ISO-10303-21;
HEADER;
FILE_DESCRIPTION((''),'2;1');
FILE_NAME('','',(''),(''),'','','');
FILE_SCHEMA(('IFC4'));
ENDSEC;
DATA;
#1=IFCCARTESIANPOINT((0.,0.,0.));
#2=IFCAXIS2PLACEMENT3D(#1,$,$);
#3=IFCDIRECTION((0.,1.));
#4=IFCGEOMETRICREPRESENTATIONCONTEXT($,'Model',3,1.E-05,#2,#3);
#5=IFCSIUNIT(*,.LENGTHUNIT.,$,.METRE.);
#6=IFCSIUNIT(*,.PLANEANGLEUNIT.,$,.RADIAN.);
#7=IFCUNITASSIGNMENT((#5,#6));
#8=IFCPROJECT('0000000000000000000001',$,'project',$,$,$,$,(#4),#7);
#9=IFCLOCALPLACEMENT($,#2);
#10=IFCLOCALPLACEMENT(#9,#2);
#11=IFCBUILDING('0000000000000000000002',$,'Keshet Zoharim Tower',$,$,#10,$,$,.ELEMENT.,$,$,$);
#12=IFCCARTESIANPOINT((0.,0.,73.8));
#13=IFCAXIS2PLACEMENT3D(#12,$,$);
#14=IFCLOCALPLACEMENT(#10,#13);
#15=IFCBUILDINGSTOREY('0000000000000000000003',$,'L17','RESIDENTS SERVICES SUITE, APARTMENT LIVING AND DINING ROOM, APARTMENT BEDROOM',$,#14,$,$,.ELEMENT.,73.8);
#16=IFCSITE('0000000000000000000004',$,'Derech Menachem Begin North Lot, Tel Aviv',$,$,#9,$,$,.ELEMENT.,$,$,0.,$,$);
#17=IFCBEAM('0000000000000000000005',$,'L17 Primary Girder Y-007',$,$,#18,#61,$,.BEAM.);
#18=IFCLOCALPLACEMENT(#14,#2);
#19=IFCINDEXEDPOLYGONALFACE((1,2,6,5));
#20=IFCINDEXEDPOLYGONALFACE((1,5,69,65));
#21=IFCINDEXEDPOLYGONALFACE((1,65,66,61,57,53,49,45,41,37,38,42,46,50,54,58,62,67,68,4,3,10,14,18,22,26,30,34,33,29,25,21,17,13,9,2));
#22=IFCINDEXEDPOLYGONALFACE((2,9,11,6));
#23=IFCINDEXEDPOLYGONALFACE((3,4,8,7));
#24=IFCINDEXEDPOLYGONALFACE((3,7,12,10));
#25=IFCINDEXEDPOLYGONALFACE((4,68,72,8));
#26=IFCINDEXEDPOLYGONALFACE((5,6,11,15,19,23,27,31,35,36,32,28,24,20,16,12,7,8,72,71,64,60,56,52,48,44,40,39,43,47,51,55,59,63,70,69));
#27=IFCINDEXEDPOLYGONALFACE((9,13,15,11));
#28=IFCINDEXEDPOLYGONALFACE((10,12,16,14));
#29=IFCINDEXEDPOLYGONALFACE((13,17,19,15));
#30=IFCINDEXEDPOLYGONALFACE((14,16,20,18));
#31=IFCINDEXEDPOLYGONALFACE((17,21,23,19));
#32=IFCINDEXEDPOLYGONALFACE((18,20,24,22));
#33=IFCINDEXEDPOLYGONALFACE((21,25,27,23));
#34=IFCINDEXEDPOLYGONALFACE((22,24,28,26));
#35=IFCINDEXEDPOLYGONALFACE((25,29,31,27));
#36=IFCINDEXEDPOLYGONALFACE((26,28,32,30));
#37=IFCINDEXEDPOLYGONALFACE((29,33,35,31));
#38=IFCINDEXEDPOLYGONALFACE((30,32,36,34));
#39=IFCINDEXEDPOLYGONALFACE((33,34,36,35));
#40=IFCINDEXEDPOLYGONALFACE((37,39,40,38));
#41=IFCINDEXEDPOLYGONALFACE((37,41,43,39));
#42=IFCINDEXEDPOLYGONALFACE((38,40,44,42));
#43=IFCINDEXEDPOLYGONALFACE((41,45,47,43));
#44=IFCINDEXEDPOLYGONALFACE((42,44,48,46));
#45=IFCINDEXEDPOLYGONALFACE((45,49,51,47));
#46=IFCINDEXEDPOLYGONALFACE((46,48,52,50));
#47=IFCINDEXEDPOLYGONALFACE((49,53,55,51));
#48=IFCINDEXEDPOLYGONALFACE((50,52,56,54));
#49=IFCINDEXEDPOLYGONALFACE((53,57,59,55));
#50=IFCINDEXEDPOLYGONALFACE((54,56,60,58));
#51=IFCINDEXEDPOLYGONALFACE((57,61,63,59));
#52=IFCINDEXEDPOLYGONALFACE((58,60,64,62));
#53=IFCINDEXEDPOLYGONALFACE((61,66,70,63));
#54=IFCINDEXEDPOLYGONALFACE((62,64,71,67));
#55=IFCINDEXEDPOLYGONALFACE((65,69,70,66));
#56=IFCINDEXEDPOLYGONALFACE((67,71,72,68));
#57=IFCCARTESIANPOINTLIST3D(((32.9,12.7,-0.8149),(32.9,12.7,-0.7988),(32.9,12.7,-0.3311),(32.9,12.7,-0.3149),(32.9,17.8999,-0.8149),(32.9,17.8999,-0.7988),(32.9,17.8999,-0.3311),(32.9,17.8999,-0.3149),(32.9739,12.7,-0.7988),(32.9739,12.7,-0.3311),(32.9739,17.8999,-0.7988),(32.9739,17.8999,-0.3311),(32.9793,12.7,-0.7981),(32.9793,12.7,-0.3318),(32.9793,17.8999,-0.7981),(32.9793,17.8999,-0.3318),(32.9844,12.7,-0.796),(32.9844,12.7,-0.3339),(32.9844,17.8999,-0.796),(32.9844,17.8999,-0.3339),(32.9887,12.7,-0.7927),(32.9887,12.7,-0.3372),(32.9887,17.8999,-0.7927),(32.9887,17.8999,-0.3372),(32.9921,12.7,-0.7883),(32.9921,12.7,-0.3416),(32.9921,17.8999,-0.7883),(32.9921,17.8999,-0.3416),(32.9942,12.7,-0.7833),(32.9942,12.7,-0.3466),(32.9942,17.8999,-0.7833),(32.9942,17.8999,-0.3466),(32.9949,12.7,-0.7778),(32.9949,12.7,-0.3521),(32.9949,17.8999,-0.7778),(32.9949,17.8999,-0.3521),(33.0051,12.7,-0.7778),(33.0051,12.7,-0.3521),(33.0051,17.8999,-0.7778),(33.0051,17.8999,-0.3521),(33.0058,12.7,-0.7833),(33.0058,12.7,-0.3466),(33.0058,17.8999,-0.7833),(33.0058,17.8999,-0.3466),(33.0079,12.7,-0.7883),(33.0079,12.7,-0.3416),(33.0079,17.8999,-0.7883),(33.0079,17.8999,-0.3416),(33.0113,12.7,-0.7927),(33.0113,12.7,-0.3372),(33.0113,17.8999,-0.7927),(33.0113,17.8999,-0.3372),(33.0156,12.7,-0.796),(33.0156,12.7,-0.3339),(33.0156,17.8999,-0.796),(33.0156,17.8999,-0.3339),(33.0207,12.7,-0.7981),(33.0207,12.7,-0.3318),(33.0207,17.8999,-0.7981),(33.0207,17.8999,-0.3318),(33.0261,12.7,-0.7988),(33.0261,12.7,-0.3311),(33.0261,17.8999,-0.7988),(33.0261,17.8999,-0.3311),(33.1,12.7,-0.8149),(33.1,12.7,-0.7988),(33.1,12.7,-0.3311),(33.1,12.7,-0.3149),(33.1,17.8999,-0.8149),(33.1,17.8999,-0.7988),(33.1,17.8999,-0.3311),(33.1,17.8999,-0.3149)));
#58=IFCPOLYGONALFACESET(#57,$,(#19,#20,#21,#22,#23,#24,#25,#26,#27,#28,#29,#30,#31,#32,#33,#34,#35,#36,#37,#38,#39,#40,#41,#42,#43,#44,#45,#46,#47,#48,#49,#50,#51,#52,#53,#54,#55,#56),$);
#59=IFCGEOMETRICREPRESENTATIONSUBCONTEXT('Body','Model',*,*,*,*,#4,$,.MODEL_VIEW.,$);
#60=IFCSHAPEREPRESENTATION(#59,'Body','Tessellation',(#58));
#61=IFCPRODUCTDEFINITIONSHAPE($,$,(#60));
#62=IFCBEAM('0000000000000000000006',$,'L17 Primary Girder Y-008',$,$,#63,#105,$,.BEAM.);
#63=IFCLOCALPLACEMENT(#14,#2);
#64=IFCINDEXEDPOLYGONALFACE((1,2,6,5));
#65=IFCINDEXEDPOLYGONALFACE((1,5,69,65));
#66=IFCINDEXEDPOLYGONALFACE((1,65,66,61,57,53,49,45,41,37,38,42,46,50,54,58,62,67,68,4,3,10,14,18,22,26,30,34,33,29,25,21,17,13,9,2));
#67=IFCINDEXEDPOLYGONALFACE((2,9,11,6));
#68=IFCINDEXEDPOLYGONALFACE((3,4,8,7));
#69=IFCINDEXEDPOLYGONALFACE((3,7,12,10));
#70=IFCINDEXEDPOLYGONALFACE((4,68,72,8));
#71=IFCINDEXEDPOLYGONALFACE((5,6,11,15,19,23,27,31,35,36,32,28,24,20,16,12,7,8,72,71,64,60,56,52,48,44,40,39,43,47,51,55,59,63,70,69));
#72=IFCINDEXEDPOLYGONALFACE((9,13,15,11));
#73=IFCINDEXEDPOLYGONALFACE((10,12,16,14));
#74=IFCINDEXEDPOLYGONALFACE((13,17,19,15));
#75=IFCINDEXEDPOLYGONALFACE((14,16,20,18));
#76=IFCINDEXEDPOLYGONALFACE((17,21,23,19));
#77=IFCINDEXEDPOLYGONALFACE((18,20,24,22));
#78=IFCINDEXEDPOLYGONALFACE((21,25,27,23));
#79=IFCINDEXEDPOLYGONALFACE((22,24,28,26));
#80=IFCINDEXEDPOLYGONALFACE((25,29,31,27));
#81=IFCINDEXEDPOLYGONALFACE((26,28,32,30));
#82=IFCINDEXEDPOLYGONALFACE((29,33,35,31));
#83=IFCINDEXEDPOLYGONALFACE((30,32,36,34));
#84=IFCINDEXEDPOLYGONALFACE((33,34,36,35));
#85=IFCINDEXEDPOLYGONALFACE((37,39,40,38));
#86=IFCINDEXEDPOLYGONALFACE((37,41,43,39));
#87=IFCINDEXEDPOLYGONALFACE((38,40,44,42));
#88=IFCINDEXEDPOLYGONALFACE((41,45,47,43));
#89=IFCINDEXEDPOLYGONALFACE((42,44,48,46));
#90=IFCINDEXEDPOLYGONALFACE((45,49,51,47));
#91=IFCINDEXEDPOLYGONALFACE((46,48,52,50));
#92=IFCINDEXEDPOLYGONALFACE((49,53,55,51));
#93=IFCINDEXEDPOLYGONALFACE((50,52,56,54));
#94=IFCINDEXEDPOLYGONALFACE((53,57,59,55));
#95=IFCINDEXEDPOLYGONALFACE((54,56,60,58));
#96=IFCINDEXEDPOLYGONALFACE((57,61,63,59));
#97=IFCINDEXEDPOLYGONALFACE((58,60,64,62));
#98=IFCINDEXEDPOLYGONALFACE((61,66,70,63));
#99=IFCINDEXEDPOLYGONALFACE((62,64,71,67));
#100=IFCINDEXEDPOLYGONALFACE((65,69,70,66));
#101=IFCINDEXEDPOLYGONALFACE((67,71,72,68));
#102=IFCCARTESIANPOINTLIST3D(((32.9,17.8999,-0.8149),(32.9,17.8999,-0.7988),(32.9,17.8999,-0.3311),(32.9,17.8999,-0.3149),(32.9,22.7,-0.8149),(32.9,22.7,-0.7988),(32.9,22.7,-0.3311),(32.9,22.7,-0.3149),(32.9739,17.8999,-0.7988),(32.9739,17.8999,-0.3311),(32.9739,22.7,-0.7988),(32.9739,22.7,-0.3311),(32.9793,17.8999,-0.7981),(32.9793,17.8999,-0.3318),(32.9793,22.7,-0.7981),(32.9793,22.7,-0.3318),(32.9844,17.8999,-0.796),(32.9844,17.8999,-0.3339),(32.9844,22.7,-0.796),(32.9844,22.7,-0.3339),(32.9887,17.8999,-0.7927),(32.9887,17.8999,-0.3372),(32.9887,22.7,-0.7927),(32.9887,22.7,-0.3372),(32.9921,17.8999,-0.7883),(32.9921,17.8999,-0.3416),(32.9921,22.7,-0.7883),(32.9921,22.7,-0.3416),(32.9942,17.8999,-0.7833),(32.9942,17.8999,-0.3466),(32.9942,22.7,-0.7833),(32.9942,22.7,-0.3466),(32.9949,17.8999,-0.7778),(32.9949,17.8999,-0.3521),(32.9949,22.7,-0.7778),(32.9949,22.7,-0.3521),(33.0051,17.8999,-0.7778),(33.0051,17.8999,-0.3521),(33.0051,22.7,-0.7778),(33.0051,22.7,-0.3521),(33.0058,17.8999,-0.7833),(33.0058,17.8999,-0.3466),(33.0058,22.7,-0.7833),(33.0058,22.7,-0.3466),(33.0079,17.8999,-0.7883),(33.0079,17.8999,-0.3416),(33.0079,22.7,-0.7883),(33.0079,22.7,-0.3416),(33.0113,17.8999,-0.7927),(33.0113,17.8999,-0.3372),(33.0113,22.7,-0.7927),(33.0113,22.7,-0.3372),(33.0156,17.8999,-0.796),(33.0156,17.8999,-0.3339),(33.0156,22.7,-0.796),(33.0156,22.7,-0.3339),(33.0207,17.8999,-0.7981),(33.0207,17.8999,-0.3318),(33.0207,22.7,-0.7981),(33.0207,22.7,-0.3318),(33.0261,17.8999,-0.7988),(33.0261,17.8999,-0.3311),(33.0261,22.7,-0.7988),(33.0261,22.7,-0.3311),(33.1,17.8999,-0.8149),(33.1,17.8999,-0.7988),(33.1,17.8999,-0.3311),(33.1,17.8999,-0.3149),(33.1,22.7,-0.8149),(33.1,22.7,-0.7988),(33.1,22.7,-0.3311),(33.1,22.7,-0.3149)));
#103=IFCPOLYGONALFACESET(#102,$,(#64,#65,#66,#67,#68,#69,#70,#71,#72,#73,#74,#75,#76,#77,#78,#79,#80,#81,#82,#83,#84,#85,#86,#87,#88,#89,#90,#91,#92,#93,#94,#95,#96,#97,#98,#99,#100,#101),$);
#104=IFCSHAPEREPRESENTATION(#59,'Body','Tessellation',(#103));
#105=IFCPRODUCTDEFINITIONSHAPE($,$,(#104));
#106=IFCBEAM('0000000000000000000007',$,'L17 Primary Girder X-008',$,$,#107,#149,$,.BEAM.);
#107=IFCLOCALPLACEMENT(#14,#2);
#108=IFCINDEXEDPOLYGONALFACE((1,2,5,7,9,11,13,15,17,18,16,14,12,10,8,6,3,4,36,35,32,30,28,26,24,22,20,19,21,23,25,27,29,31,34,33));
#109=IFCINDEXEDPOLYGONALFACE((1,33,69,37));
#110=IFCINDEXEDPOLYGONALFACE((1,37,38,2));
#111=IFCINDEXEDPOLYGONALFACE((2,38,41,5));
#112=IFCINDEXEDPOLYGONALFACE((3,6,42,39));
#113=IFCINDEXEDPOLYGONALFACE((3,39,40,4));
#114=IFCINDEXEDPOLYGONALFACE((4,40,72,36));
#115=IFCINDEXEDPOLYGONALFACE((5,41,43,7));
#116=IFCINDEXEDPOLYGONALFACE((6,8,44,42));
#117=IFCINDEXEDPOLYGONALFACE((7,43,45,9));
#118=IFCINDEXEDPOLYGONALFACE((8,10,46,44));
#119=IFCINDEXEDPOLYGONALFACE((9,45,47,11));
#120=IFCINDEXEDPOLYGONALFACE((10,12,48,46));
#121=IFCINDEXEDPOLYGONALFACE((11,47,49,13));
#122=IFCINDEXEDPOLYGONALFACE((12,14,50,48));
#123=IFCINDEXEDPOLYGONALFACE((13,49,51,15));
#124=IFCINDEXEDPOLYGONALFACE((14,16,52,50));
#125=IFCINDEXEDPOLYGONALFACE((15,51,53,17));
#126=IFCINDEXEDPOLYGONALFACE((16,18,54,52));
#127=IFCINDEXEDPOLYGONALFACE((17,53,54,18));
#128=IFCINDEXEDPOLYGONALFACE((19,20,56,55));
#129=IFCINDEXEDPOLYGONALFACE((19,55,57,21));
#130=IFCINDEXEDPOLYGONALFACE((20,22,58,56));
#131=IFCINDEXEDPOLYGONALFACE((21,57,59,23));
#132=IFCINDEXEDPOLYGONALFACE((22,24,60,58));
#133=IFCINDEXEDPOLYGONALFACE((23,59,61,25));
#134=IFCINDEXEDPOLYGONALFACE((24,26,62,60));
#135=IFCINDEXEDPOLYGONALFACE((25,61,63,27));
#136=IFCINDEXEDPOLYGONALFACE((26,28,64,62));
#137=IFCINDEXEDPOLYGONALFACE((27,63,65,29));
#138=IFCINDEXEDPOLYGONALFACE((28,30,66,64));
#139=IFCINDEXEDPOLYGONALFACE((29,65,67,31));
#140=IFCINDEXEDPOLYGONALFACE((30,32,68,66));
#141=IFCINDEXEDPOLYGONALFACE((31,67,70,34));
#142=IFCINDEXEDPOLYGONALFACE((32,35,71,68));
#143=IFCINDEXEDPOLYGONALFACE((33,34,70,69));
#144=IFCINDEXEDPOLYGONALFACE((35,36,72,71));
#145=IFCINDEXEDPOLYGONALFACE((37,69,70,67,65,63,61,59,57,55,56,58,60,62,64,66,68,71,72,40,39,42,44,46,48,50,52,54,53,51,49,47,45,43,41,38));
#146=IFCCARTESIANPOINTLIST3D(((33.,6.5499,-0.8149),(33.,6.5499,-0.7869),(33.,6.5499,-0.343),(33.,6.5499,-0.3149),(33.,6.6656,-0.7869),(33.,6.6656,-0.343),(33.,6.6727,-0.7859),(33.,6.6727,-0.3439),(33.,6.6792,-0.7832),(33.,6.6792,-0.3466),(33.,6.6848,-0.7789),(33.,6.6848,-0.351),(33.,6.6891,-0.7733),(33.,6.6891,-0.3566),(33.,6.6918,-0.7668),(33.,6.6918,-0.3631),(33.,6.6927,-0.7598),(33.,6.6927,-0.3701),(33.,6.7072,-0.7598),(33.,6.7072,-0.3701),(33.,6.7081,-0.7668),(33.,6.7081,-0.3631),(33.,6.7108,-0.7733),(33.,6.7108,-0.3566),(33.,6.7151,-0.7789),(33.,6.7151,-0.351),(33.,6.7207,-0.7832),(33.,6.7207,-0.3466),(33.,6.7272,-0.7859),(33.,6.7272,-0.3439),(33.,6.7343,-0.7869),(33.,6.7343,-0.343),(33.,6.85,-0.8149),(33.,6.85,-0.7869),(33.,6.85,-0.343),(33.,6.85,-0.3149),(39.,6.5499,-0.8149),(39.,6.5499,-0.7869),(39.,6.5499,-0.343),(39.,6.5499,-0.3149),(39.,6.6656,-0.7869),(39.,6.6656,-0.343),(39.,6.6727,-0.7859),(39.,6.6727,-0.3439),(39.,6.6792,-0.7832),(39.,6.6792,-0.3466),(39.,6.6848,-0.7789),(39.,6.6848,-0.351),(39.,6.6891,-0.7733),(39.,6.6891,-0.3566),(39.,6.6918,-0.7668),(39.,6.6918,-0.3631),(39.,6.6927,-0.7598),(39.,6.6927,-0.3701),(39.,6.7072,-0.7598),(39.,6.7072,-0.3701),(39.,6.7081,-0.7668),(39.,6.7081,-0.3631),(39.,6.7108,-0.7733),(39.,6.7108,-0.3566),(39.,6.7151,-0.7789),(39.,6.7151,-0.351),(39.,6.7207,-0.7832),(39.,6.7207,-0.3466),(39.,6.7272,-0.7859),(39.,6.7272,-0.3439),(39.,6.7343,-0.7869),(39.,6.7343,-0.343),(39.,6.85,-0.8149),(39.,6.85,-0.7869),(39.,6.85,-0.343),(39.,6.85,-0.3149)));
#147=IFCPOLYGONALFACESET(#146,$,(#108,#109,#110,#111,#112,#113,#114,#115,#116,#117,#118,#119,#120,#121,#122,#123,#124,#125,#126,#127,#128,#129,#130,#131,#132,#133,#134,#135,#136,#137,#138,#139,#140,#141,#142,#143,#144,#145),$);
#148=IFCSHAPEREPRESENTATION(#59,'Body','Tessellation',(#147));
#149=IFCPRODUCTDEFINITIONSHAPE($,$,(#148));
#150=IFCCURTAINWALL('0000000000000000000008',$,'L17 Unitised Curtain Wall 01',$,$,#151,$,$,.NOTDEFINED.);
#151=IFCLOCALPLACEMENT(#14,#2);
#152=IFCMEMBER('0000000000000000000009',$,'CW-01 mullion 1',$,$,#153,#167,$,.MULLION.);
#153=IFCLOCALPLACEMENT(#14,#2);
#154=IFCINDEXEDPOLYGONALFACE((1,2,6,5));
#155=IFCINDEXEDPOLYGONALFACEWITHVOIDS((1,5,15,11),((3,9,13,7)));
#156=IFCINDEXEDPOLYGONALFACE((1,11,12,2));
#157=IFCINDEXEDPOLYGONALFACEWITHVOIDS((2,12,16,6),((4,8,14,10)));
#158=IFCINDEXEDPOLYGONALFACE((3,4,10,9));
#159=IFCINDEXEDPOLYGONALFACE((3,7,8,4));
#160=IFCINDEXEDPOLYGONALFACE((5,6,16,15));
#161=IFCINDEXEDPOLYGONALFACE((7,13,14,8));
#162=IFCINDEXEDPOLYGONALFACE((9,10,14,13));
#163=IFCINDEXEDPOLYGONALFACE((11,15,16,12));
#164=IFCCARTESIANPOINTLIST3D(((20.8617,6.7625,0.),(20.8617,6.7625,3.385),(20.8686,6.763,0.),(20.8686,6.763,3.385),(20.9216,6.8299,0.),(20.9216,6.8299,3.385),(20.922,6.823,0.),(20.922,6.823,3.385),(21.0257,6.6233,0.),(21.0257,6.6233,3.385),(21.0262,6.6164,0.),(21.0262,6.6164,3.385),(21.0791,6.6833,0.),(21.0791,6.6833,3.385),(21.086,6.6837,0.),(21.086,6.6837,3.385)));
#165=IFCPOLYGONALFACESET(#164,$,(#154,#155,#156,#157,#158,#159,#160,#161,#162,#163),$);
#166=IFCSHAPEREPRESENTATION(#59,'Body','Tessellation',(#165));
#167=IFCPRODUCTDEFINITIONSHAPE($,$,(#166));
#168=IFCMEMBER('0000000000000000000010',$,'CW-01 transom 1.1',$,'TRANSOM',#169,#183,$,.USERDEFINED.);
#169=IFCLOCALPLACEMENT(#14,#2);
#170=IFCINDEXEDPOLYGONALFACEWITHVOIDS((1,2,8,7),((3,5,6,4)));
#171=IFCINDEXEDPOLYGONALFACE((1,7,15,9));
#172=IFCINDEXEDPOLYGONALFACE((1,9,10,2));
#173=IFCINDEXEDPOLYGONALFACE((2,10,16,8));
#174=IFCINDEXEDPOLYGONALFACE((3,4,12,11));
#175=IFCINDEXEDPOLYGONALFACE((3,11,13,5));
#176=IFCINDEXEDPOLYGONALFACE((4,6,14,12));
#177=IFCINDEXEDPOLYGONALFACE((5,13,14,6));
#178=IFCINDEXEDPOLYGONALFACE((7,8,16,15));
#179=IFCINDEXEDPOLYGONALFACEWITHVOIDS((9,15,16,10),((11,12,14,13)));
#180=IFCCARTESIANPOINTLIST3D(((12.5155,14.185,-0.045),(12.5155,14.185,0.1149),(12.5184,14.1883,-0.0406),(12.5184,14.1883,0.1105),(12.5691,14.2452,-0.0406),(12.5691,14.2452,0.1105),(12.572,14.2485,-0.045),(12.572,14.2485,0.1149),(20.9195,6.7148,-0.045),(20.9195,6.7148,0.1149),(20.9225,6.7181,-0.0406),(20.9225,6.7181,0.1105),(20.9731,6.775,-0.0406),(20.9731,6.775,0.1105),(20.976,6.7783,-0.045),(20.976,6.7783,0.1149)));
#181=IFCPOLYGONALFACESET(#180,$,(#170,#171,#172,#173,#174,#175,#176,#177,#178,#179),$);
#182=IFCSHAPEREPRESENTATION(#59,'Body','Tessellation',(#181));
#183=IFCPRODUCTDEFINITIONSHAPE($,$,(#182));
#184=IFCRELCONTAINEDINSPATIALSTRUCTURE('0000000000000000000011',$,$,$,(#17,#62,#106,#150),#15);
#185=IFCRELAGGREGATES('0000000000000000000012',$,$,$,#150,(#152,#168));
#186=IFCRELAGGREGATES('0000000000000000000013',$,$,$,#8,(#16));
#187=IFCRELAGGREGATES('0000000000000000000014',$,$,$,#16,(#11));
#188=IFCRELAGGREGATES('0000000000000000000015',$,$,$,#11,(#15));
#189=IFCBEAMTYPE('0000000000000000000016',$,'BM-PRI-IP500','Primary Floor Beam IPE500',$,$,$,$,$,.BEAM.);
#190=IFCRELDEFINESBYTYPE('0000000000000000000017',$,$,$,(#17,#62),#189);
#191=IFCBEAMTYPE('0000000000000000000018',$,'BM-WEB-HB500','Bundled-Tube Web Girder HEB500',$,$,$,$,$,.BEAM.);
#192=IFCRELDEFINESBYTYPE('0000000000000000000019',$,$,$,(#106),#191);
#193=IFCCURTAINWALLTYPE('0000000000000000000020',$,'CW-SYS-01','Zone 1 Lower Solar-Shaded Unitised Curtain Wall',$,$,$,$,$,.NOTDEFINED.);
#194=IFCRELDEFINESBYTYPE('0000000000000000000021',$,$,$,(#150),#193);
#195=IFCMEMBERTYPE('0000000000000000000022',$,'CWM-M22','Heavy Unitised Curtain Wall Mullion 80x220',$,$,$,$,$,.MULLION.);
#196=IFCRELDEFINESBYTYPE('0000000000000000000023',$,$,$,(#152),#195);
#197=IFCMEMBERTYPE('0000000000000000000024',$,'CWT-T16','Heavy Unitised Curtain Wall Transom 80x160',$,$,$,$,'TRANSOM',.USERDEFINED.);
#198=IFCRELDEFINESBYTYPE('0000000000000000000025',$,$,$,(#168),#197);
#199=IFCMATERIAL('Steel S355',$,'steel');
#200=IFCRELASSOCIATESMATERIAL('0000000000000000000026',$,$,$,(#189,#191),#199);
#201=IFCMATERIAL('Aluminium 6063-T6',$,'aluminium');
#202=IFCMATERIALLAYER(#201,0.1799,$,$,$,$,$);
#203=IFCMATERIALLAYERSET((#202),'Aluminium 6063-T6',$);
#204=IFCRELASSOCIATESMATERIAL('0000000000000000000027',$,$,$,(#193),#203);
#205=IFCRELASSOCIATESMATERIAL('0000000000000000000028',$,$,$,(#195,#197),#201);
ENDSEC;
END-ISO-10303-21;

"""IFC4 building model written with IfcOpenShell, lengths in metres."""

from ifc_helpers import new_model, si_unit, direction, frame, origin, origin_2d, place, context, subcontext, project, spatial, hollow_rectangle, i_section, extrude, material, layer, layer_set, material_profile, profile_set, type_object, element, aggregate, save


model = new_model("IFC4")

# Units and contexts
model_context = context("Model", 3, precision=1e-05, world=origin(), true_north=direction((0.0, 1.0)))
body_context = subcontext(model_context, "Body", "Model", "MODEL_VIEW")
ifc_project = project(units=[si_unit("LENGTHUNIT", "METRE"), si_unit("PLANEANGLEUNIT", "RADIAN")], contexts=[model_context])

# Site, building, storey
site_placement = place(None, origin())
site = spatial("IfcSite", under=ifc_project, at=site_placement, Name="Derech Menachem Begin North Lot, Tel Aviv", CompositionType="ELEMENT", RefElevation=0.0)
building_placement = place(site_placement, origin())
building = spatial("IfcBuilding", under=site, at=building_placement, Name="Keshet Zoharim Tower", CompositionType="ELEMENT")
storey_placement = place(building_placement, frame((0.0, 0.0, 73.8)))
storey = spatial("IfcBuildingStorey", under=building, at=storey_placement, Name="L17", Description="RESIDENTS SERVICES SUITE, APARTMENT LIVING AND DINING ROOM, APARTMENT BEDROOM", CompositionType="ELEMENT", Elevation=73.8)

# Beams
ifc_material_1 = material(Name="Steel S355", Category="steel")
ifc_material_profile_1 = material_profile(ifc_material_1, i_section(OverallWidth=0.2, OverallDepth=0.5, WebThickness=0.0103, FlangeThickness=0.0161, FilletRadius=0.021, at=origin_2d()), Name="IPE500")
ifc_profile_set_1 = profile_set([ifc_material_profile_1], Name="Steel S355")
beam_type_1 = type_object("IfcBeamType", Name="BM-PRI-IP500", Description="Primary Floor Beam IPE500", PredefinedType="BEAM", material=ifc_profile_set_1)
beam_1_placement = place(storey_placement, frame((33.0, 12.7, -0.5649), z_axis=(0.0, 1.0, 0.0), x_axis=(-1.0, 0.0, 0.0)))
element("IfcBeam", 1, at=beam_1_placement, inside=storey, type_object=beam_type_1, Name="L17 Primary Girder Y-007", PredefinedType="BEAM", context=body_context, shape_type="SweptSolid", body=[
    extrude(i_section(OverallWidth=0.2, OverallDepth=0.5, WebThickness=0.0103, FlangeThickness=0.0161, FilletRadius=0.021, at=origin_2d()), origin(), (0.0, 0.0, 1.0), 5.2),
])
beam_2_placement = place(storey_placement, frame((33.0, 17.8999, -0.5649), z_axis=(0.0, 1.0, 0.0), x_axis=(-1.0, 0.0, 0.0)))
element("IfcBeam", 2, at=beam_2_placement, inside=storey, type_object=beam_type_1, Name="L17 Primary Girder Y-008", PredefinedType="BEAM", context=body_context, shape_type="SweptSolid", body=[
    extrude(i_section(OverallWidth=0.2, OverallDepth=0.5, WebThickness=0.0103, FlangeThickness=0.0161, FilletRadius=0.021, at=origin_2d()), origin(), (0.0, 0.0, 1.0), 4.8),
])
ifc_material_profile_2 = material_profile(ifc_material_1, i_section(OverallWidth=0.3, OverallDepth=0.5, WebThickness=0.0144, FlangeThickness=0.0281, FilletRadius=0.0271, at=origin_2d()), Name="HEB500")
ifc_profile_set_2 = profile_set([ifc_material_profile_2], Name="Steel S355")
beam_type_2 = type_object("IfcBeamType", Name="BM-WEB-HB500", Description="Bundled-Tube Web Girder HEB500", PredefinedType="BEAM", material=ifc_profile_set_2)
beam_3_placement = place(storey_placement, frame((33.0, 6.7, -0.5649), z_axis=(1.0, 0.0, 0.0), x_axis=(0.0, 1.0, 0.0)))
element("IfcBeam", 3, at=beam_3_placement, inside=storey, type_object=beam_type_2, Name="L17 Primary Girder X-008", PredefinedType="BEAM", context=body_context, shape_type="SweptSolid", body=[
    extrude(i_section(OverallWidth=0.3, OverallDepth=0.5, WebThickness=0.0144, FlangeThickness=0.0281, FilletRadius=0.0271, at=origin_2d()), origin(), (0.0, 0.0, 1.0), 6.0),
])

# Curtain wall, members
ifc_material_2 = material(Name="Aluminium 6063-T6", Category="aluminium")
ifc_layer_1 = layer(ifc_material_2, 0.1799)
ifc_layer_set_1 = layer_set([ifc_layer_1], Name="Aluminium 6063-T6")
curtain_wall_type = type_object("IfcCurtainWallType", Name="CW-SYS-01", Description="Zone 1 Lower Solar-Shaded Unitised Curtain Wall", PredefinedType="NOTDEFINED", material=ifc_layer_set_1)
curtain_wall_placement = place(storey_placement, origin())
curtain_wall = element("IfcCurtainWall", 4, at=curtain_wall_placement, inside=storey, type_object=curtain_wall_type, Name="L17 Unitised Curtain Wall 01", PredefinedType="NOTDEFINED")
ifc_material_profile_3 = material_profile(ifc_material_2, hollow_rectangle(XDim=0.0901, YDim=0.22, WallThickness=0.0049, at=origin_2d()), Name="MUL-90x220")
ifc_profile_set_3 = profile_set([ifc_material_profile_3], Name="Aluminium 6063-T6")
member_type_1 = type_object("IfcMemberType", Name="CWM-M22", Description="Heavy Unitised Curtain Wall Mullion 80x220", PredefinedType="MULLION", material=ifc_profile_set_3)
member_1_placement = place(storey_placement, frame((20.9739, 6.7231, 0.0), z_axis=(0.0, 0.0, 1.0), x_axis=(-0.664364, -0.747409, 0.0)))
member_1 = element("IfcMember", 5, at=member_1_placement, type_object=member_type_1, Name="CW-01 mullion 1", PredefinedType="MULLION", context=body_context, shape_type="SweptSolid", body=[
    extrude(hollow_rectangle(XDim=0.0901, YDim=0.22, WallThickness=0.0049, at=origin_2d()), origin(), (0.0, 0.0, 1.0), 3.385),
])
ifc_material_profile_4 = material_profile(ifc_material_2, hollow_rectangle(XDim=0.085, YDim=0.1599, WallThickness=0.0044, at=origin_2d()), Name="TRN-85x160")
ifc_profile_set_4 = profile_set([ifc_material_profile_4], Name="Aluminium 6063-T6")
member_type_2 = type_object("IfcMemberType", Name="CWT-T16", Description="Heavy Unitised Curtain Wall Transom 80x160", ElementType="TRANSOM", PredefinedType="USERDEFINED", material=ifc_profile_set_4)
member_2_placement = place(storey_placement, frame((20.9478, 6.7466, 0.0349), z_axis=(-0.747412, 0.664361, 0.0), x_axis=(-0.664361, -0.747412, 0.0)))
member_2 = element("IfcMember", 6, at=member_2_placement, type_object=member_type_2, Name="CW-01 transom 1.1", ObjectType="TRANSOM", PredefinedType="USERDEFINED", context=body_context, shape_type="SweptSolid", body=[
    extrude(hollow_rectangle(XDim=0.085, YDim=0.1599, WallThickness=0.0044, at=origin_2d()), origin(), (0.0, 0.0, 1.0), 11.2441),
])
aggregate(curtain_wall, [member_1, member_2])

save(model, "model.ifc")
